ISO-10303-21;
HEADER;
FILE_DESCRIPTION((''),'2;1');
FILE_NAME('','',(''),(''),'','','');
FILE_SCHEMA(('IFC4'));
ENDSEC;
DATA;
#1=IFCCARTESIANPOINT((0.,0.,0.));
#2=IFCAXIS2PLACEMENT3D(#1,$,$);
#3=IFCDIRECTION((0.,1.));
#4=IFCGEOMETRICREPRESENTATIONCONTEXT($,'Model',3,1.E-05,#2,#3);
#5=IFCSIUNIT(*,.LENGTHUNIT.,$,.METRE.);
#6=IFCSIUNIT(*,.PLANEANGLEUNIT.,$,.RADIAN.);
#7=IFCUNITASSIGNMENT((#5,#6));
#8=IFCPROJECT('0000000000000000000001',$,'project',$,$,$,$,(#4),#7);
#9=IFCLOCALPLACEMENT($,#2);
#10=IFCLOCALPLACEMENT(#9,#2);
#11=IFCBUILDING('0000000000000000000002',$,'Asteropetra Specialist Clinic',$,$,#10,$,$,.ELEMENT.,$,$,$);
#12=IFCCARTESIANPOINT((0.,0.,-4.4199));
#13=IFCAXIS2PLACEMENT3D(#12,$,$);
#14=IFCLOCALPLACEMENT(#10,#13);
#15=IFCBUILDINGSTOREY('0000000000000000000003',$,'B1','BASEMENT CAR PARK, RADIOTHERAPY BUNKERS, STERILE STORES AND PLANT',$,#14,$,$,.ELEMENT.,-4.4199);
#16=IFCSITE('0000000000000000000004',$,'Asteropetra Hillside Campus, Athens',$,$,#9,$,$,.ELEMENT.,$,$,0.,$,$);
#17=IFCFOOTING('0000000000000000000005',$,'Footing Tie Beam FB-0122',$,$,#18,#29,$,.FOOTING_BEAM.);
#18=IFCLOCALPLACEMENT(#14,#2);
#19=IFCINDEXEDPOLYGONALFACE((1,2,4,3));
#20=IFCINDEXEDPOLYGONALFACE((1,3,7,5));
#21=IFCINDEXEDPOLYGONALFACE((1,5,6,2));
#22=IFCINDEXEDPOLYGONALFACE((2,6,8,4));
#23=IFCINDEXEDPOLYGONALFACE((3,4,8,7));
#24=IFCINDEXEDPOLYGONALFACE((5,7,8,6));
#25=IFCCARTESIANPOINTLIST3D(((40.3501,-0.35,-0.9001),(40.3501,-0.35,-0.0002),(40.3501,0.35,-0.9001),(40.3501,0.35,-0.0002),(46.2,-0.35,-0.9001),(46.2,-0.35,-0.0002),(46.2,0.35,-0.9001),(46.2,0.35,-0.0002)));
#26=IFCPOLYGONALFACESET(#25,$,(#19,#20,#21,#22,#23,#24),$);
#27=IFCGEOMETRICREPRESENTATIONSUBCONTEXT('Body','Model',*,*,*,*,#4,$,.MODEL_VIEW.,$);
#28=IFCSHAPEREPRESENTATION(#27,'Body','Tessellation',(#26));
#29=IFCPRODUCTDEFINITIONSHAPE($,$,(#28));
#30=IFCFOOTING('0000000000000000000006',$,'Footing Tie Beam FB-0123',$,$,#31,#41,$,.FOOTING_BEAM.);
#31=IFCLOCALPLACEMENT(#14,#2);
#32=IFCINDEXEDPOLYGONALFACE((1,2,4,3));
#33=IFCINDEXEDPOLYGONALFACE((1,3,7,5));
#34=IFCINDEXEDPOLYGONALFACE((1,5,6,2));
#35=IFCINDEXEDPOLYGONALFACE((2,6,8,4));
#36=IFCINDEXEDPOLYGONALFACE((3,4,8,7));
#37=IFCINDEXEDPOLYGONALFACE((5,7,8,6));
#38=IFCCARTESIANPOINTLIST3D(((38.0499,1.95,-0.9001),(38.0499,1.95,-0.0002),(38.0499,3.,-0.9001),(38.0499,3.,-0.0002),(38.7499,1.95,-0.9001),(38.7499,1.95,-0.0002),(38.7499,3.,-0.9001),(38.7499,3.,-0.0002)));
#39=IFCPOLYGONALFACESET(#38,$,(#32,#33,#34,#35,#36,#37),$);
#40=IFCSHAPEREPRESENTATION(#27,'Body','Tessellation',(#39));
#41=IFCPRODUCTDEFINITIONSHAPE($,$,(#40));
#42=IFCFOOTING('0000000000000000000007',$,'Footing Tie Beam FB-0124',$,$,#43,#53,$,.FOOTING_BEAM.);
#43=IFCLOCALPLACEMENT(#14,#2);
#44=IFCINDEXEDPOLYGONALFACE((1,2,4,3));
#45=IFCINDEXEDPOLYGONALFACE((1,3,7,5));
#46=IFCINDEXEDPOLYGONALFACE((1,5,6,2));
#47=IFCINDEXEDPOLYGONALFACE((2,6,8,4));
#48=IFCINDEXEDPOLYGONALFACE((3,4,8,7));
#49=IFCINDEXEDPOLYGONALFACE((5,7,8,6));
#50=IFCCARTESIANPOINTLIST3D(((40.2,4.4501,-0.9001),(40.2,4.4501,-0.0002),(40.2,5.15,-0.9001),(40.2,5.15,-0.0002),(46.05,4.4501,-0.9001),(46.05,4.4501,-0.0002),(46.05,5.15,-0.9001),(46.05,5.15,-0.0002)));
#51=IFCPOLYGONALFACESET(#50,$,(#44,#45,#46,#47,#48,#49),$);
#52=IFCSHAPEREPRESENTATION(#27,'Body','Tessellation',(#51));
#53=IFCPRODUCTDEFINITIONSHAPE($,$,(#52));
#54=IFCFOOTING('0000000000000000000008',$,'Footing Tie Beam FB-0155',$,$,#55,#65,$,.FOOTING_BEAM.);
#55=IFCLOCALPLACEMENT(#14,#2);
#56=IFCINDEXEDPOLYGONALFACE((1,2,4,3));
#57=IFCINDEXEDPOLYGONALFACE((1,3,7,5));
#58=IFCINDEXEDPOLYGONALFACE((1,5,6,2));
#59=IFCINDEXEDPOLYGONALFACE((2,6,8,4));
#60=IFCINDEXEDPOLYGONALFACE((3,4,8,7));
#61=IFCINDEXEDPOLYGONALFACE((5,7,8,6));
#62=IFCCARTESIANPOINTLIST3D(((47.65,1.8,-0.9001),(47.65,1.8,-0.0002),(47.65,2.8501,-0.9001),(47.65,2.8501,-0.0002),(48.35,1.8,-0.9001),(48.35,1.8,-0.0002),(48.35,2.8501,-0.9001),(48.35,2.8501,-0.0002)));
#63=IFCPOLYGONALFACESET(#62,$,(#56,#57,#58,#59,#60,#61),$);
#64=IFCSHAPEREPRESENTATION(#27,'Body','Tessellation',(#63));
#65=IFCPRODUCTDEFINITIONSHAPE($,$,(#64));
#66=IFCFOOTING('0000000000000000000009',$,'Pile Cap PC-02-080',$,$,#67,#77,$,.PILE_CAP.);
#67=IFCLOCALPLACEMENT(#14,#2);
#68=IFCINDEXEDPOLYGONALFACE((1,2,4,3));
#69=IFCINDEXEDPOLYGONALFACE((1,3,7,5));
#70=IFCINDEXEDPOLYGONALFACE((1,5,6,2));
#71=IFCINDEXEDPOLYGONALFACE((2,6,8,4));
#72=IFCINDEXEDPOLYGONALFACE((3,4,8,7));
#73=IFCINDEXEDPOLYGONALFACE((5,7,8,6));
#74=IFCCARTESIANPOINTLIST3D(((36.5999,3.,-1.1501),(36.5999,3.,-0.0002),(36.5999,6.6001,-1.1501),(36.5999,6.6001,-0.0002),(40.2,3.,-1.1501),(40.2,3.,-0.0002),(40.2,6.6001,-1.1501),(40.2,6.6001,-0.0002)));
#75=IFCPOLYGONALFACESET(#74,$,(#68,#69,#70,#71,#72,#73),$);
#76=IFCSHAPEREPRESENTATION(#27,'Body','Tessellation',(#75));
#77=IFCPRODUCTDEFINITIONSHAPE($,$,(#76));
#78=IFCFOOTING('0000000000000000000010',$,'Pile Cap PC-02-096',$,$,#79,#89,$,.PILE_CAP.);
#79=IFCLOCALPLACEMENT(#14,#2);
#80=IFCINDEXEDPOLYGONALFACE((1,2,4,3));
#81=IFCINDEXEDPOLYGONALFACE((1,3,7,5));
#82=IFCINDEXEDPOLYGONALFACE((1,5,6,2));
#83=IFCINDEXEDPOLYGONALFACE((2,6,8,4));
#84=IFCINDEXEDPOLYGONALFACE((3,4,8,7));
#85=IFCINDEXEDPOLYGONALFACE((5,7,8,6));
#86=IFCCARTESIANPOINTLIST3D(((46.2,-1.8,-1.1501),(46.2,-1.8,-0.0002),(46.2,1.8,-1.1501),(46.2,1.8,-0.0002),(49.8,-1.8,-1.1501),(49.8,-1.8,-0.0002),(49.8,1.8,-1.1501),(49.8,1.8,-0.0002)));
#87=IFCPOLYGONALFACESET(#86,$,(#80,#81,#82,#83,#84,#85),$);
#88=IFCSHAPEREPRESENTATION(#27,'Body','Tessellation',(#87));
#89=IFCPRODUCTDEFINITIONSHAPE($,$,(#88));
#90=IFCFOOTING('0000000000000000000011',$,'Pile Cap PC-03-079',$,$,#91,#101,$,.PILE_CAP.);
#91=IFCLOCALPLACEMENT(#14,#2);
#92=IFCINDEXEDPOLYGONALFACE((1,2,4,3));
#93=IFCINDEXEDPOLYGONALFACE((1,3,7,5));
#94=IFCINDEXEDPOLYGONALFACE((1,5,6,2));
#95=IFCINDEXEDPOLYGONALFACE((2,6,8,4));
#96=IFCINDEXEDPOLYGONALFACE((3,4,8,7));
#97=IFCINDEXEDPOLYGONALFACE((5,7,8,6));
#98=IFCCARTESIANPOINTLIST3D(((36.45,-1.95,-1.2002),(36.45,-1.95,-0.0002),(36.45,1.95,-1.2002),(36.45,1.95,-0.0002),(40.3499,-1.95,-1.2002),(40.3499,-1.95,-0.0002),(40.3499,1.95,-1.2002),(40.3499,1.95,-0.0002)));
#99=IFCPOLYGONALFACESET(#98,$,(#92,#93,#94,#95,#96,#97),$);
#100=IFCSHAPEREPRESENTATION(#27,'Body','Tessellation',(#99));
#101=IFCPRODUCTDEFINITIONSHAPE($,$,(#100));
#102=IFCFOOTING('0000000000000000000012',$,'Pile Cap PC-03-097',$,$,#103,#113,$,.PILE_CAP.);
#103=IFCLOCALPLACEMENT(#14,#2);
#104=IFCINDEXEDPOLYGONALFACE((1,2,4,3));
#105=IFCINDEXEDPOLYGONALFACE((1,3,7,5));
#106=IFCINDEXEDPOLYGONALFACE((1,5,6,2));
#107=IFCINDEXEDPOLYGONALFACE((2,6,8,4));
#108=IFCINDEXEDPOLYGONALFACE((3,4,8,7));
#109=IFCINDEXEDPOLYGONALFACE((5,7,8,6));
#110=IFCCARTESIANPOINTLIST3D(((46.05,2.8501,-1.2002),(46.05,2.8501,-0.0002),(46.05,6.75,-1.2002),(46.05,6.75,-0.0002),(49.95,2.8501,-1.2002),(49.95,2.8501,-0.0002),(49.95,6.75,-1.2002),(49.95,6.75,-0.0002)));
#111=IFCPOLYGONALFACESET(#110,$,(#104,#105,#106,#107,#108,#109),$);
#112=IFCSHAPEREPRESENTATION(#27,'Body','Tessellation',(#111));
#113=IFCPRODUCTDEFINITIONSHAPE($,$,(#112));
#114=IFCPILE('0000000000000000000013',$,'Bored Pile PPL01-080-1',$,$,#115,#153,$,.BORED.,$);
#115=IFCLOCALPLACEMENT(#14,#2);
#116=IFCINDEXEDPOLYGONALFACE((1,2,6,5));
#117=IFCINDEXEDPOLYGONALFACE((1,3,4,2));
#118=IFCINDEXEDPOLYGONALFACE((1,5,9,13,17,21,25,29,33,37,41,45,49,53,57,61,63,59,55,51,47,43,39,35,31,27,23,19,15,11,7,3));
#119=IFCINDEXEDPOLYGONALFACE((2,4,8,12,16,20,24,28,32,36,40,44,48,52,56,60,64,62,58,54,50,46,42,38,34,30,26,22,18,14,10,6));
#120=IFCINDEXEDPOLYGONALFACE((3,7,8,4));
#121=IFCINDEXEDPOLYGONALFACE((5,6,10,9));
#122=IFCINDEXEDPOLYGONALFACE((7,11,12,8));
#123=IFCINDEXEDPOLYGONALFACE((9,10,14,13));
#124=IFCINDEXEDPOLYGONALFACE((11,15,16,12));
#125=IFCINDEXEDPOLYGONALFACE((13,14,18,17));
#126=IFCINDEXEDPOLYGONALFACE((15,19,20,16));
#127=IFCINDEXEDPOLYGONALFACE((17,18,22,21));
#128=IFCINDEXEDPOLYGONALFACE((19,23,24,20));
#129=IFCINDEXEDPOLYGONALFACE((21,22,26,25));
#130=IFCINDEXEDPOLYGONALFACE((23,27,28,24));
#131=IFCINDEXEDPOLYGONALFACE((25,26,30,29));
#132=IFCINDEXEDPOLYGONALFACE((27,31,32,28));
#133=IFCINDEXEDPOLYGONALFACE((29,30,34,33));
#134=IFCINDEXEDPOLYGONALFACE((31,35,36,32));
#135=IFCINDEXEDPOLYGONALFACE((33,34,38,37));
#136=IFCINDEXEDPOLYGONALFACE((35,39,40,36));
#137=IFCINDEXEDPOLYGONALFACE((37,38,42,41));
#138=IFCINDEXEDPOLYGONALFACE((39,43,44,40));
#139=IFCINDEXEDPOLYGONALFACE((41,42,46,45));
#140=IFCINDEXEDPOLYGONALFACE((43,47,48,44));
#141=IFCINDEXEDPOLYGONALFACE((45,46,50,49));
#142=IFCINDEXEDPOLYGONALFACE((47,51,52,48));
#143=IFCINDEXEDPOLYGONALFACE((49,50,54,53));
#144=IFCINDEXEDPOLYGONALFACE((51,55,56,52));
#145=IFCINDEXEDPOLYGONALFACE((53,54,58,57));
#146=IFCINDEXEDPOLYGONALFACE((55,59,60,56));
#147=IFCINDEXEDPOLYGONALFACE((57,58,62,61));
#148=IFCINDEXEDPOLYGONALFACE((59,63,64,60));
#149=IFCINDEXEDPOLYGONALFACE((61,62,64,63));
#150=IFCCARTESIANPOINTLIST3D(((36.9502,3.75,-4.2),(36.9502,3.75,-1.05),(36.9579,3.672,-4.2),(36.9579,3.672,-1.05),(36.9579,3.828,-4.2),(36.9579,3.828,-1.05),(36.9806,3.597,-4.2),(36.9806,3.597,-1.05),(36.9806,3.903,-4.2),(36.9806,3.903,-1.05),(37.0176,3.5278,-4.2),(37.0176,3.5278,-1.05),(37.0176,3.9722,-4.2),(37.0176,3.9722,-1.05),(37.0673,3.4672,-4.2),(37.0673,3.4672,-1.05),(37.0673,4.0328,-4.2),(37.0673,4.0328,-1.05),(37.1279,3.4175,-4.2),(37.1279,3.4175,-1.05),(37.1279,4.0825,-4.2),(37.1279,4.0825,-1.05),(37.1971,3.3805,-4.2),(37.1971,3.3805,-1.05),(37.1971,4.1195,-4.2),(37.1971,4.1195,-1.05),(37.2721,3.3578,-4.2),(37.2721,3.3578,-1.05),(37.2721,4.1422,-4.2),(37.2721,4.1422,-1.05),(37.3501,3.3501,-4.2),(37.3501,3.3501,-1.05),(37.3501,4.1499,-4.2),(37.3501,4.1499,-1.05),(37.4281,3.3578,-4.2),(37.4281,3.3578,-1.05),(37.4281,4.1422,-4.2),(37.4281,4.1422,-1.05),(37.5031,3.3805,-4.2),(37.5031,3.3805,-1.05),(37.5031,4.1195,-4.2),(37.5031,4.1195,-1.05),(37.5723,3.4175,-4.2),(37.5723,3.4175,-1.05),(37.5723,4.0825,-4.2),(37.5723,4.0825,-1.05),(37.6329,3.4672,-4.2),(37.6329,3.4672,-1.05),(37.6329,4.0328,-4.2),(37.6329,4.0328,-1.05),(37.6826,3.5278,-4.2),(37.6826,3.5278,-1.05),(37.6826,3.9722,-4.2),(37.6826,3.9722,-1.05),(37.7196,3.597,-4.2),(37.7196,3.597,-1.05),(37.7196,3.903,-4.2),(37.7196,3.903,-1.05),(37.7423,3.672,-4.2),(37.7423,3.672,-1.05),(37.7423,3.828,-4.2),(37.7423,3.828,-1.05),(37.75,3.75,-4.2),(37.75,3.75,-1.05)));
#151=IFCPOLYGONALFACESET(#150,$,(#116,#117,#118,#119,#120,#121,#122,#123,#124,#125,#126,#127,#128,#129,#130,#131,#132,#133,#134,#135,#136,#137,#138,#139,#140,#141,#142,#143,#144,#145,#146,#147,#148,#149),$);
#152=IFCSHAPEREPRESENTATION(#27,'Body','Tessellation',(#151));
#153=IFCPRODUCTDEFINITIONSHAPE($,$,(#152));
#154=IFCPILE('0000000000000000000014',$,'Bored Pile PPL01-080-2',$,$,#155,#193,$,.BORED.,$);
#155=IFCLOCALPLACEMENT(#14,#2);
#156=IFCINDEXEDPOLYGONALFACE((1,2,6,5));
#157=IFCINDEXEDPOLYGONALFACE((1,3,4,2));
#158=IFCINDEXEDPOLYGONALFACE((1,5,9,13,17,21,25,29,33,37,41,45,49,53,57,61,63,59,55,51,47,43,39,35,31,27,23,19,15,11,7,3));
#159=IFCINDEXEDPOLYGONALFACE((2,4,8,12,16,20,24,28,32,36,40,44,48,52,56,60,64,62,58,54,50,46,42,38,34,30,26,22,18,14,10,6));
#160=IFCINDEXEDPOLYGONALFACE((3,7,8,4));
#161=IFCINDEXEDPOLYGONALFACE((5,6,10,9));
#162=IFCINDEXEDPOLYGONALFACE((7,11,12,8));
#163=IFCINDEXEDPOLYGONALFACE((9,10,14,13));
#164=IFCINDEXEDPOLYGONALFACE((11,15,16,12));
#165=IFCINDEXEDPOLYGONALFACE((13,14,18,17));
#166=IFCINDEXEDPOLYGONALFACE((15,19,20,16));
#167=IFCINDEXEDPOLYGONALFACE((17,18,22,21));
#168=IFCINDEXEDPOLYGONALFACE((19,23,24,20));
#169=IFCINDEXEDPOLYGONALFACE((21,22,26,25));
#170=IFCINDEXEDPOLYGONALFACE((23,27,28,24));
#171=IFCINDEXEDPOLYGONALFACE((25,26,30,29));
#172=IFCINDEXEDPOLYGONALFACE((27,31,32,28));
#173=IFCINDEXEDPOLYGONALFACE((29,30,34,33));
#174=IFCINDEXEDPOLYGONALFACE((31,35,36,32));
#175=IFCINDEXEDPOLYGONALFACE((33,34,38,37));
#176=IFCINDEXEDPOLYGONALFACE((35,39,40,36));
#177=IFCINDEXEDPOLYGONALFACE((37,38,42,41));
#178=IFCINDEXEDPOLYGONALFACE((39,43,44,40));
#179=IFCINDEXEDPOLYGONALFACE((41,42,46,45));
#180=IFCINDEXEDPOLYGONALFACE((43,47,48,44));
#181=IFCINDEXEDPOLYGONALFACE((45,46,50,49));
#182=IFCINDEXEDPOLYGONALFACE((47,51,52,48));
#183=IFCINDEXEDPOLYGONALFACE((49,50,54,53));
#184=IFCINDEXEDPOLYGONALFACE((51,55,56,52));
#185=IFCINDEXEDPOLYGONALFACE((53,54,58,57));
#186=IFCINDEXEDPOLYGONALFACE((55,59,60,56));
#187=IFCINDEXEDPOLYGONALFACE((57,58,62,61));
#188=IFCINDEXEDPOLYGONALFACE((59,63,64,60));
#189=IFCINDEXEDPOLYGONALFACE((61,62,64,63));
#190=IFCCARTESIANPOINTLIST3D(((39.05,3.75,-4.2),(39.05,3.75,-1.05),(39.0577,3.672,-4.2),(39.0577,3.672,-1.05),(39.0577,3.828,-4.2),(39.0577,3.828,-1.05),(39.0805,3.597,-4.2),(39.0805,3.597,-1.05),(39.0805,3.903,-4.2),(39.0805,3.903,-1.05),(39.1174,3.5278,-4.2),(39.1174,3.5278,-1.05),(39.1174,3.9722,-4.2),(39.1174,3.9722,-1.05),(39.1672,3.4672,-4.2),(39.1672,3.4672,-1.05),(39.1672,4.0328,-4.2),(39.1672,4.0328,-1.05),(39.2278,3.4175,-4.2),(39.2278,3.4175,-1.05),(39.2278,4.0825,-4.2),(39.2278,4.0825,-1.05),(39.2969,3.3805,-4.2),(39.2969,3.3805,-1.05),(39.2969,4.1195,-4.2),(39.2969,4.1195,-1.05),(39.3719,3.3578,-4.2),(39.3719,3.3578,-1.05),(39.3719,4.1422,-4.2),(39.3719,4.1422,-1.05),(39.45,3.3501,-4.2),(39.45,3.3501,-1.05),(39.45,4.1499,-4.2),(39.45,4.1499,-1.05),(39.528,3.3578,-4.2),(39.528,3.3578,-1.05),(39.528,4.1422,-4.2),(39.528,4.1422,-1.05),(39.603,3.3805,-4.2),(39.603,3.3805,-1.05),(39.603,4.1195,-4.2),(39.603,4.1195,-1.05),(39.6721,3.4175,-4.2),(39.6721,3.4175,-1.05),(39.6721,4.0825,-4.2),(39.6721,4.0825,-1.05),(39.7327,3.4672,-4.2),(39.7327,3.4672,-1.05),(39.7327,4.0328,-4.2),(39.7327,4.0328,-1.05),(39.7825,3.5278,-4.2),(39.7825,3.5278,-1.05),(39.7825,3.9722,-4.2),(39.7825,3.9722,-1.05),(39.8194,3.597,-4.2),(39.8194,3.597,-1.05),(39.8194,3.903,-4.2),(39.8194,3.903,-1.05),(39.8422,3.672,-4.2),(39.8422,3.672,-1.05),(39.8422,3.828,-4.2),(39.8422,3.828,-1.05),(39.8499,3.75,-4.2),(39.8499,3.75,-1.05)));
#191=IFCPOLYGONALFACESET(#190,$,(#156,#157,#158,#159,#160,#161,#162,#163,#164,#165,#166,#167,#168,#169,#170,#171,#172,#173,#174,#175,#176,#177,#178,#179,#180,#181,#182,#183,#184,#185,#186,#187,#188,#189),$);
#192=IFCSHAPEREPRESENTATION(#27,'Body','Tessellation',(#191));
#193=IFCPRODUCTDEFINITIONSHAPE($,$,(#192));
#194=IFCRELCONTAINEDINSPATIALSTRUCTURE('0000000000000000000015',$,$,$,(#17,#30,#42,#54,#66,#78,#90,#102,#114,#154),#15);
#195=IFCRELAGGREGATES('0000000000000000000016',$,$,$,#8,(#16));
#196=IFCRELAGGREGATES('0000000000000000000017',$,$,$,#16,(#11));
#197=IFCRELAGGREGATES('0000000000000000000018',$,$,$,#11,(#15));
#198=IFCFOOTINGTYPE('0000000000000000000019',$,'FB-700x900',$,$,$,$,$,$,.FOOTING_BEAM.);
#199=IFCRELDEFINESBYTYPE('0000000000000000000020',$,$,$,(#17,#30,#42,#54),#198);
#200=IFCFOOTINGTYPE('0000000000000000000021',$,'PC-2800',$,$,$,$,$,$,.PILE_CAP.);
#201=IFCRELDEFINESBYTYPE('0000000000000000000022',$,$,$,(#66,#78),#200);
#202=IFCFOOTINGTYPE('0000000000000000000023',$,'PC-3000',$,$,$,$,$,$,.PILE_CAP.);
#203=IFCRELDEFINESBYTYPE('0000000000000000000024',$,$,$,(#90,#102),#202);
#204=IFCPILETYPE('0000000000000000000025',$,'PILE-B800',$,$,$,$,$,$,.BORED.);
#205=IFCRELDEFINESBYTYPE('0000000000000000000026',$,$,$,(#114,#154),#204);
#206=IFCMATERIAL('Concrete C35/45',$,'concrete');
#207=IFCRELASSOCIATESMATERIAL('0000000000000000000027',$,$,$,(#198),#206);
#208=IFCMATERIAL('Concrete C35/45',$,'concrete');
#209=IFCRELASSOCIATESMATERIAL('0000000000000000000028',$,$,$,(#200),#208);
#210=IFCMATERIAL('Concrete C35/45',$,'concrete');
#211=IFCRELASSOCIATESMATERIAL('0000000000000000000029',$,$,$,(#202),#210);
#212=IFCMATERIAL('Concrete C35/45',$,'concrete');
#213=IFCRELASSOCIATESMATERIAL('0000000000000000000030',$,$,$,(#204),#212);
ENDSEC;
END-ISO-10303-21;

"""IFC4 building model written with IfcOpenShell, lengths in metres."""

from ifc_helpers import new_model, si_unit, direction, frame, origin, origin_2d, place, context, subcontext, project, spatial, rectangle, circle, extrude, material, material_profile, profile_set, type_object, element, save


model = new_model("IFC4")

# Units and contexts
model_context = context("Model", 3, precision=1e-05, world=origin(), true_north=direction((0.0, 1.0)))
body_context = subcontext(model_context, "Body", "Model", "MODEL_VIEW")
ifc_project = project(units=[si_unit("LENGTHUNIT", "METRE"), si_unit("PLANEANGLEUNIT", "RADIAN")], contexts=[model_context])

# Site, building, storey
site_placement = place(None, origin())
site = spatial("IfcSite", under=ifc_project, at=site_placement, Name="Asteropetra Hillside Campus, Athens", CompositionType="ELEMENT", RefElevation=0.0)
building_placement = place(site_placement, origin())
building = spatial("IfcBuilding", under=site, at=building_placement, Name="Asteropetra Specialist Clinic", CompositionType="ELEMENT")
storey_placement = place(building_placement, frame((0.0, 0.0, -4.4199)))
storey = spatial("IfcBuildingStorey", under=building, at=storey_placement, Name="B1", Description="BASEMENT CAR PARK, RADIOTHERAPY BUNKERS, STERILE STORES AND PLANT", CompositionType="ELEMENT", Elevation=-4.4199)

# Footings
ifc_material_1 = material(Name="Concrete C35/45", Category="concrete")
ifc_material_profile_1 = material_profile(ifc_material_1, rectangle(XDim=0.7, YDim=0.8999, at=origin_2d()), Name="FB 700x900")
ifc_profile_set_1 = profile_set([ifc_material_profile_1], Name="Concrete C35/45")
footing_type_1 = type_object("IfcFootingType", Name="FB-700x900", PredefinedType="FOOTING_BEAM", material=ifc_profile_set_1)
footing_1_placement = place(storey_placement, frame((40.3501, 0.0, -0.4502), z_axis=(1.0, 0.0, 0.0), x_axis=(0.0, 1.0, 0.0)))
element("IfcFooting", 1, at=footing_1_placement, inside=storey, type_object=footing_type_1, Name="Footing Tie Beam FB-0122", PredefinedType="FOOTING_BEAM", context=body_context, shape_type="SweptSolid", body=[
    extrude(rectangle(XDim=0.7, YDim=0.8999, at=origin_2d()), origin(), (0.0, 0.0, 1.0), 5.8499),
])
footing_2_placement = place(storey_placement, frame((38.3999, 1.95, -0.4502), z_axis=(0.0, 1.0, 0.0), x_axis=(-1.0, 0.0, 0.0)))
element("IfcFooting", 2, at=footing_2_placement, inside=storey, type_object=footing_type_1, Name="Footing Tie Beam FB-0123", PredefinedType="FOOTING_BEAM", context=body_context, shape_type="SweptSolid", body=[
    extrude(rectangle(XDim=0.7, YDim=0.8999, at=origin_2d()), origin(), (0.0, 0.0, 1.0), 1.05),
])
footing_3_placement = place(storey_placement, frame((40.2, 4.8, -0.4502), z_axis=(1.0, 0.0, 0.0), x_axis=(0.0, 1.0, 0.0)))
element("IfcFooting", 3, at=footing_3_placement, inside=storey, type_object=footing_type_1, Name="Footing Tie Beam FB-0124", PredefinedType="FOOTING_BEAM", context=body_context, shape_type="SweptSolid", body=[
    extrude(rectangle(XDim=0.7, YDim=0.8999, at=origin_2d()), origin(), (0.0, 0.0, 1.0), 5.8501),
])
footing_4_placement = place(storey_placement, frame((48.0, 1.8, -0.4502), z_axis=(0.0, 1.0, 0.0), x_axis=(-1.0, 0.0, 0.0)))
element("IfcFooting", 4, at=footing_4_placement, inside=storey, type_object=footing_type_1, Name="Footing Tie Beam FB-0155", PredefinedType="FOOTING_BEAM", context=body_context, shape_type="SweptSolid", body=[
    extrude(rectangle(XDim=0.7, YDim=0.8999, at=origin_2d()), origin(), (0.0, 0.0, 1.0), 1.05),
])
ifc_material_2 = material(Name="Concrete C35/45", Category="concrete")
footing_type_2 = type_object("IfcFootingType", Name="PC-2800", PredefinedType="PILE_CAP", material=ifc_material_2)
for number, where, z_axis, x_axis, name in (
    (5, (38.3999, 4.8, -1.1501), (0.0, 0.0, 1.0), (1.0, 0.0, 0.0), "Pile Cap PC-02-080"),
    (6, (48.0, 0.0, -1.1501), (0.0, 0.0, 1.0), (1.0, 0.0, 0.0), "Pile Cap PC-02-096"),
):
    element("IfcFooting", number, at=place(storey_placement, frame(where, z_axis=z_axis, x_axis=x_axis)), inside=storey, type_object=footing_type_2, Name=name, PredefinedType="PILE_CAP", context=body_context, shape_type="SweptSolid", body=[
        extrude(rectangle(XDim=3.6001, YDim=3.6001, at=origin_2d()), origin(), (0.0, 0.0, 1.0), 1.1499),
    ])
ifc_material_3 = material(Name="Concrete C35/45", Category="concrete")
footing_type_3 = type_object("IfcFootingType", Name="PC-3000", PredefinedType="PILE_CAP", material=ifc_material_3)
for number, where, z_axis, x_axis, name in (
    (7, (38.3999, 0.0, -1.2002), (0.0, 0.0, 1.0), (1.0, 0.0, 0.0), "Pile Cap PC-03-079"),
    (8, (48.0, 4.8, -1.2002), (0.0, 0.0, 1.0), (1.0, 0.0, 0.0), "Pile Cap PC-03-097"),
):
    element("IfcFooting", number, at=place(storey_placement, frame(where, z_axis=z_axis, x_axis=x_axis)), inside=storey, type_object=footing_type_3, Name=name, PredefinedType="PILE_CAP", context=body_context, shape_type="SweptSolid", body=[
        extrude(rectangle(XDim=3.8999, YDim=3.8999, at=origin_2d()), origin(), (0.0, 0.0, 1.0), 1.2),
    ])

# Piles
ifc_material_4 = material(Name="Concrete C35/45", Category="concrete")
ifc_material_profile_2 = material_profile(ifc_material_4, circle(Radius=0.3999, at=origin_2d()), Name="PILE D800")
ifc_profile_set_2 = profile_set([ifc_material_profile_2], Name="Concrete C35/45")
pile_type_1 = type_object("IfcPileType", Name="PILE-B800", PredefinedType="BORED", material=ifc_profile_set_2)
for number, where, z_axis, x_axis, name in (
    (9, (37.3501, 3.75, -1.05), (0.0, 0.0, -1.0), (1.0, 0.0, 0.0), "Bored Pile PPL01-080-1"),
    (10, (39.45, 3.75, -1.05), (0.0, 0.0, -1.0), (1.0, 0.0, 0.0), "Bored Pile PPL01-080-2"),
):
    element("IfcPile", number, at=place(storey_placement, frame(where, z_axis=z_axis, x_axis=x_axis)), inside=storey, type_object=pile_type_1, Name=name, PredefinedType="BORED", context=body_context, shape_type="SweptSolid", body=[
        extrude(circle(Radius=0.3999, at=origin_2d()), origin(), (0.0, 0.0, 1.0), 3.1499),
    ])

save(model, "model.ifc")
